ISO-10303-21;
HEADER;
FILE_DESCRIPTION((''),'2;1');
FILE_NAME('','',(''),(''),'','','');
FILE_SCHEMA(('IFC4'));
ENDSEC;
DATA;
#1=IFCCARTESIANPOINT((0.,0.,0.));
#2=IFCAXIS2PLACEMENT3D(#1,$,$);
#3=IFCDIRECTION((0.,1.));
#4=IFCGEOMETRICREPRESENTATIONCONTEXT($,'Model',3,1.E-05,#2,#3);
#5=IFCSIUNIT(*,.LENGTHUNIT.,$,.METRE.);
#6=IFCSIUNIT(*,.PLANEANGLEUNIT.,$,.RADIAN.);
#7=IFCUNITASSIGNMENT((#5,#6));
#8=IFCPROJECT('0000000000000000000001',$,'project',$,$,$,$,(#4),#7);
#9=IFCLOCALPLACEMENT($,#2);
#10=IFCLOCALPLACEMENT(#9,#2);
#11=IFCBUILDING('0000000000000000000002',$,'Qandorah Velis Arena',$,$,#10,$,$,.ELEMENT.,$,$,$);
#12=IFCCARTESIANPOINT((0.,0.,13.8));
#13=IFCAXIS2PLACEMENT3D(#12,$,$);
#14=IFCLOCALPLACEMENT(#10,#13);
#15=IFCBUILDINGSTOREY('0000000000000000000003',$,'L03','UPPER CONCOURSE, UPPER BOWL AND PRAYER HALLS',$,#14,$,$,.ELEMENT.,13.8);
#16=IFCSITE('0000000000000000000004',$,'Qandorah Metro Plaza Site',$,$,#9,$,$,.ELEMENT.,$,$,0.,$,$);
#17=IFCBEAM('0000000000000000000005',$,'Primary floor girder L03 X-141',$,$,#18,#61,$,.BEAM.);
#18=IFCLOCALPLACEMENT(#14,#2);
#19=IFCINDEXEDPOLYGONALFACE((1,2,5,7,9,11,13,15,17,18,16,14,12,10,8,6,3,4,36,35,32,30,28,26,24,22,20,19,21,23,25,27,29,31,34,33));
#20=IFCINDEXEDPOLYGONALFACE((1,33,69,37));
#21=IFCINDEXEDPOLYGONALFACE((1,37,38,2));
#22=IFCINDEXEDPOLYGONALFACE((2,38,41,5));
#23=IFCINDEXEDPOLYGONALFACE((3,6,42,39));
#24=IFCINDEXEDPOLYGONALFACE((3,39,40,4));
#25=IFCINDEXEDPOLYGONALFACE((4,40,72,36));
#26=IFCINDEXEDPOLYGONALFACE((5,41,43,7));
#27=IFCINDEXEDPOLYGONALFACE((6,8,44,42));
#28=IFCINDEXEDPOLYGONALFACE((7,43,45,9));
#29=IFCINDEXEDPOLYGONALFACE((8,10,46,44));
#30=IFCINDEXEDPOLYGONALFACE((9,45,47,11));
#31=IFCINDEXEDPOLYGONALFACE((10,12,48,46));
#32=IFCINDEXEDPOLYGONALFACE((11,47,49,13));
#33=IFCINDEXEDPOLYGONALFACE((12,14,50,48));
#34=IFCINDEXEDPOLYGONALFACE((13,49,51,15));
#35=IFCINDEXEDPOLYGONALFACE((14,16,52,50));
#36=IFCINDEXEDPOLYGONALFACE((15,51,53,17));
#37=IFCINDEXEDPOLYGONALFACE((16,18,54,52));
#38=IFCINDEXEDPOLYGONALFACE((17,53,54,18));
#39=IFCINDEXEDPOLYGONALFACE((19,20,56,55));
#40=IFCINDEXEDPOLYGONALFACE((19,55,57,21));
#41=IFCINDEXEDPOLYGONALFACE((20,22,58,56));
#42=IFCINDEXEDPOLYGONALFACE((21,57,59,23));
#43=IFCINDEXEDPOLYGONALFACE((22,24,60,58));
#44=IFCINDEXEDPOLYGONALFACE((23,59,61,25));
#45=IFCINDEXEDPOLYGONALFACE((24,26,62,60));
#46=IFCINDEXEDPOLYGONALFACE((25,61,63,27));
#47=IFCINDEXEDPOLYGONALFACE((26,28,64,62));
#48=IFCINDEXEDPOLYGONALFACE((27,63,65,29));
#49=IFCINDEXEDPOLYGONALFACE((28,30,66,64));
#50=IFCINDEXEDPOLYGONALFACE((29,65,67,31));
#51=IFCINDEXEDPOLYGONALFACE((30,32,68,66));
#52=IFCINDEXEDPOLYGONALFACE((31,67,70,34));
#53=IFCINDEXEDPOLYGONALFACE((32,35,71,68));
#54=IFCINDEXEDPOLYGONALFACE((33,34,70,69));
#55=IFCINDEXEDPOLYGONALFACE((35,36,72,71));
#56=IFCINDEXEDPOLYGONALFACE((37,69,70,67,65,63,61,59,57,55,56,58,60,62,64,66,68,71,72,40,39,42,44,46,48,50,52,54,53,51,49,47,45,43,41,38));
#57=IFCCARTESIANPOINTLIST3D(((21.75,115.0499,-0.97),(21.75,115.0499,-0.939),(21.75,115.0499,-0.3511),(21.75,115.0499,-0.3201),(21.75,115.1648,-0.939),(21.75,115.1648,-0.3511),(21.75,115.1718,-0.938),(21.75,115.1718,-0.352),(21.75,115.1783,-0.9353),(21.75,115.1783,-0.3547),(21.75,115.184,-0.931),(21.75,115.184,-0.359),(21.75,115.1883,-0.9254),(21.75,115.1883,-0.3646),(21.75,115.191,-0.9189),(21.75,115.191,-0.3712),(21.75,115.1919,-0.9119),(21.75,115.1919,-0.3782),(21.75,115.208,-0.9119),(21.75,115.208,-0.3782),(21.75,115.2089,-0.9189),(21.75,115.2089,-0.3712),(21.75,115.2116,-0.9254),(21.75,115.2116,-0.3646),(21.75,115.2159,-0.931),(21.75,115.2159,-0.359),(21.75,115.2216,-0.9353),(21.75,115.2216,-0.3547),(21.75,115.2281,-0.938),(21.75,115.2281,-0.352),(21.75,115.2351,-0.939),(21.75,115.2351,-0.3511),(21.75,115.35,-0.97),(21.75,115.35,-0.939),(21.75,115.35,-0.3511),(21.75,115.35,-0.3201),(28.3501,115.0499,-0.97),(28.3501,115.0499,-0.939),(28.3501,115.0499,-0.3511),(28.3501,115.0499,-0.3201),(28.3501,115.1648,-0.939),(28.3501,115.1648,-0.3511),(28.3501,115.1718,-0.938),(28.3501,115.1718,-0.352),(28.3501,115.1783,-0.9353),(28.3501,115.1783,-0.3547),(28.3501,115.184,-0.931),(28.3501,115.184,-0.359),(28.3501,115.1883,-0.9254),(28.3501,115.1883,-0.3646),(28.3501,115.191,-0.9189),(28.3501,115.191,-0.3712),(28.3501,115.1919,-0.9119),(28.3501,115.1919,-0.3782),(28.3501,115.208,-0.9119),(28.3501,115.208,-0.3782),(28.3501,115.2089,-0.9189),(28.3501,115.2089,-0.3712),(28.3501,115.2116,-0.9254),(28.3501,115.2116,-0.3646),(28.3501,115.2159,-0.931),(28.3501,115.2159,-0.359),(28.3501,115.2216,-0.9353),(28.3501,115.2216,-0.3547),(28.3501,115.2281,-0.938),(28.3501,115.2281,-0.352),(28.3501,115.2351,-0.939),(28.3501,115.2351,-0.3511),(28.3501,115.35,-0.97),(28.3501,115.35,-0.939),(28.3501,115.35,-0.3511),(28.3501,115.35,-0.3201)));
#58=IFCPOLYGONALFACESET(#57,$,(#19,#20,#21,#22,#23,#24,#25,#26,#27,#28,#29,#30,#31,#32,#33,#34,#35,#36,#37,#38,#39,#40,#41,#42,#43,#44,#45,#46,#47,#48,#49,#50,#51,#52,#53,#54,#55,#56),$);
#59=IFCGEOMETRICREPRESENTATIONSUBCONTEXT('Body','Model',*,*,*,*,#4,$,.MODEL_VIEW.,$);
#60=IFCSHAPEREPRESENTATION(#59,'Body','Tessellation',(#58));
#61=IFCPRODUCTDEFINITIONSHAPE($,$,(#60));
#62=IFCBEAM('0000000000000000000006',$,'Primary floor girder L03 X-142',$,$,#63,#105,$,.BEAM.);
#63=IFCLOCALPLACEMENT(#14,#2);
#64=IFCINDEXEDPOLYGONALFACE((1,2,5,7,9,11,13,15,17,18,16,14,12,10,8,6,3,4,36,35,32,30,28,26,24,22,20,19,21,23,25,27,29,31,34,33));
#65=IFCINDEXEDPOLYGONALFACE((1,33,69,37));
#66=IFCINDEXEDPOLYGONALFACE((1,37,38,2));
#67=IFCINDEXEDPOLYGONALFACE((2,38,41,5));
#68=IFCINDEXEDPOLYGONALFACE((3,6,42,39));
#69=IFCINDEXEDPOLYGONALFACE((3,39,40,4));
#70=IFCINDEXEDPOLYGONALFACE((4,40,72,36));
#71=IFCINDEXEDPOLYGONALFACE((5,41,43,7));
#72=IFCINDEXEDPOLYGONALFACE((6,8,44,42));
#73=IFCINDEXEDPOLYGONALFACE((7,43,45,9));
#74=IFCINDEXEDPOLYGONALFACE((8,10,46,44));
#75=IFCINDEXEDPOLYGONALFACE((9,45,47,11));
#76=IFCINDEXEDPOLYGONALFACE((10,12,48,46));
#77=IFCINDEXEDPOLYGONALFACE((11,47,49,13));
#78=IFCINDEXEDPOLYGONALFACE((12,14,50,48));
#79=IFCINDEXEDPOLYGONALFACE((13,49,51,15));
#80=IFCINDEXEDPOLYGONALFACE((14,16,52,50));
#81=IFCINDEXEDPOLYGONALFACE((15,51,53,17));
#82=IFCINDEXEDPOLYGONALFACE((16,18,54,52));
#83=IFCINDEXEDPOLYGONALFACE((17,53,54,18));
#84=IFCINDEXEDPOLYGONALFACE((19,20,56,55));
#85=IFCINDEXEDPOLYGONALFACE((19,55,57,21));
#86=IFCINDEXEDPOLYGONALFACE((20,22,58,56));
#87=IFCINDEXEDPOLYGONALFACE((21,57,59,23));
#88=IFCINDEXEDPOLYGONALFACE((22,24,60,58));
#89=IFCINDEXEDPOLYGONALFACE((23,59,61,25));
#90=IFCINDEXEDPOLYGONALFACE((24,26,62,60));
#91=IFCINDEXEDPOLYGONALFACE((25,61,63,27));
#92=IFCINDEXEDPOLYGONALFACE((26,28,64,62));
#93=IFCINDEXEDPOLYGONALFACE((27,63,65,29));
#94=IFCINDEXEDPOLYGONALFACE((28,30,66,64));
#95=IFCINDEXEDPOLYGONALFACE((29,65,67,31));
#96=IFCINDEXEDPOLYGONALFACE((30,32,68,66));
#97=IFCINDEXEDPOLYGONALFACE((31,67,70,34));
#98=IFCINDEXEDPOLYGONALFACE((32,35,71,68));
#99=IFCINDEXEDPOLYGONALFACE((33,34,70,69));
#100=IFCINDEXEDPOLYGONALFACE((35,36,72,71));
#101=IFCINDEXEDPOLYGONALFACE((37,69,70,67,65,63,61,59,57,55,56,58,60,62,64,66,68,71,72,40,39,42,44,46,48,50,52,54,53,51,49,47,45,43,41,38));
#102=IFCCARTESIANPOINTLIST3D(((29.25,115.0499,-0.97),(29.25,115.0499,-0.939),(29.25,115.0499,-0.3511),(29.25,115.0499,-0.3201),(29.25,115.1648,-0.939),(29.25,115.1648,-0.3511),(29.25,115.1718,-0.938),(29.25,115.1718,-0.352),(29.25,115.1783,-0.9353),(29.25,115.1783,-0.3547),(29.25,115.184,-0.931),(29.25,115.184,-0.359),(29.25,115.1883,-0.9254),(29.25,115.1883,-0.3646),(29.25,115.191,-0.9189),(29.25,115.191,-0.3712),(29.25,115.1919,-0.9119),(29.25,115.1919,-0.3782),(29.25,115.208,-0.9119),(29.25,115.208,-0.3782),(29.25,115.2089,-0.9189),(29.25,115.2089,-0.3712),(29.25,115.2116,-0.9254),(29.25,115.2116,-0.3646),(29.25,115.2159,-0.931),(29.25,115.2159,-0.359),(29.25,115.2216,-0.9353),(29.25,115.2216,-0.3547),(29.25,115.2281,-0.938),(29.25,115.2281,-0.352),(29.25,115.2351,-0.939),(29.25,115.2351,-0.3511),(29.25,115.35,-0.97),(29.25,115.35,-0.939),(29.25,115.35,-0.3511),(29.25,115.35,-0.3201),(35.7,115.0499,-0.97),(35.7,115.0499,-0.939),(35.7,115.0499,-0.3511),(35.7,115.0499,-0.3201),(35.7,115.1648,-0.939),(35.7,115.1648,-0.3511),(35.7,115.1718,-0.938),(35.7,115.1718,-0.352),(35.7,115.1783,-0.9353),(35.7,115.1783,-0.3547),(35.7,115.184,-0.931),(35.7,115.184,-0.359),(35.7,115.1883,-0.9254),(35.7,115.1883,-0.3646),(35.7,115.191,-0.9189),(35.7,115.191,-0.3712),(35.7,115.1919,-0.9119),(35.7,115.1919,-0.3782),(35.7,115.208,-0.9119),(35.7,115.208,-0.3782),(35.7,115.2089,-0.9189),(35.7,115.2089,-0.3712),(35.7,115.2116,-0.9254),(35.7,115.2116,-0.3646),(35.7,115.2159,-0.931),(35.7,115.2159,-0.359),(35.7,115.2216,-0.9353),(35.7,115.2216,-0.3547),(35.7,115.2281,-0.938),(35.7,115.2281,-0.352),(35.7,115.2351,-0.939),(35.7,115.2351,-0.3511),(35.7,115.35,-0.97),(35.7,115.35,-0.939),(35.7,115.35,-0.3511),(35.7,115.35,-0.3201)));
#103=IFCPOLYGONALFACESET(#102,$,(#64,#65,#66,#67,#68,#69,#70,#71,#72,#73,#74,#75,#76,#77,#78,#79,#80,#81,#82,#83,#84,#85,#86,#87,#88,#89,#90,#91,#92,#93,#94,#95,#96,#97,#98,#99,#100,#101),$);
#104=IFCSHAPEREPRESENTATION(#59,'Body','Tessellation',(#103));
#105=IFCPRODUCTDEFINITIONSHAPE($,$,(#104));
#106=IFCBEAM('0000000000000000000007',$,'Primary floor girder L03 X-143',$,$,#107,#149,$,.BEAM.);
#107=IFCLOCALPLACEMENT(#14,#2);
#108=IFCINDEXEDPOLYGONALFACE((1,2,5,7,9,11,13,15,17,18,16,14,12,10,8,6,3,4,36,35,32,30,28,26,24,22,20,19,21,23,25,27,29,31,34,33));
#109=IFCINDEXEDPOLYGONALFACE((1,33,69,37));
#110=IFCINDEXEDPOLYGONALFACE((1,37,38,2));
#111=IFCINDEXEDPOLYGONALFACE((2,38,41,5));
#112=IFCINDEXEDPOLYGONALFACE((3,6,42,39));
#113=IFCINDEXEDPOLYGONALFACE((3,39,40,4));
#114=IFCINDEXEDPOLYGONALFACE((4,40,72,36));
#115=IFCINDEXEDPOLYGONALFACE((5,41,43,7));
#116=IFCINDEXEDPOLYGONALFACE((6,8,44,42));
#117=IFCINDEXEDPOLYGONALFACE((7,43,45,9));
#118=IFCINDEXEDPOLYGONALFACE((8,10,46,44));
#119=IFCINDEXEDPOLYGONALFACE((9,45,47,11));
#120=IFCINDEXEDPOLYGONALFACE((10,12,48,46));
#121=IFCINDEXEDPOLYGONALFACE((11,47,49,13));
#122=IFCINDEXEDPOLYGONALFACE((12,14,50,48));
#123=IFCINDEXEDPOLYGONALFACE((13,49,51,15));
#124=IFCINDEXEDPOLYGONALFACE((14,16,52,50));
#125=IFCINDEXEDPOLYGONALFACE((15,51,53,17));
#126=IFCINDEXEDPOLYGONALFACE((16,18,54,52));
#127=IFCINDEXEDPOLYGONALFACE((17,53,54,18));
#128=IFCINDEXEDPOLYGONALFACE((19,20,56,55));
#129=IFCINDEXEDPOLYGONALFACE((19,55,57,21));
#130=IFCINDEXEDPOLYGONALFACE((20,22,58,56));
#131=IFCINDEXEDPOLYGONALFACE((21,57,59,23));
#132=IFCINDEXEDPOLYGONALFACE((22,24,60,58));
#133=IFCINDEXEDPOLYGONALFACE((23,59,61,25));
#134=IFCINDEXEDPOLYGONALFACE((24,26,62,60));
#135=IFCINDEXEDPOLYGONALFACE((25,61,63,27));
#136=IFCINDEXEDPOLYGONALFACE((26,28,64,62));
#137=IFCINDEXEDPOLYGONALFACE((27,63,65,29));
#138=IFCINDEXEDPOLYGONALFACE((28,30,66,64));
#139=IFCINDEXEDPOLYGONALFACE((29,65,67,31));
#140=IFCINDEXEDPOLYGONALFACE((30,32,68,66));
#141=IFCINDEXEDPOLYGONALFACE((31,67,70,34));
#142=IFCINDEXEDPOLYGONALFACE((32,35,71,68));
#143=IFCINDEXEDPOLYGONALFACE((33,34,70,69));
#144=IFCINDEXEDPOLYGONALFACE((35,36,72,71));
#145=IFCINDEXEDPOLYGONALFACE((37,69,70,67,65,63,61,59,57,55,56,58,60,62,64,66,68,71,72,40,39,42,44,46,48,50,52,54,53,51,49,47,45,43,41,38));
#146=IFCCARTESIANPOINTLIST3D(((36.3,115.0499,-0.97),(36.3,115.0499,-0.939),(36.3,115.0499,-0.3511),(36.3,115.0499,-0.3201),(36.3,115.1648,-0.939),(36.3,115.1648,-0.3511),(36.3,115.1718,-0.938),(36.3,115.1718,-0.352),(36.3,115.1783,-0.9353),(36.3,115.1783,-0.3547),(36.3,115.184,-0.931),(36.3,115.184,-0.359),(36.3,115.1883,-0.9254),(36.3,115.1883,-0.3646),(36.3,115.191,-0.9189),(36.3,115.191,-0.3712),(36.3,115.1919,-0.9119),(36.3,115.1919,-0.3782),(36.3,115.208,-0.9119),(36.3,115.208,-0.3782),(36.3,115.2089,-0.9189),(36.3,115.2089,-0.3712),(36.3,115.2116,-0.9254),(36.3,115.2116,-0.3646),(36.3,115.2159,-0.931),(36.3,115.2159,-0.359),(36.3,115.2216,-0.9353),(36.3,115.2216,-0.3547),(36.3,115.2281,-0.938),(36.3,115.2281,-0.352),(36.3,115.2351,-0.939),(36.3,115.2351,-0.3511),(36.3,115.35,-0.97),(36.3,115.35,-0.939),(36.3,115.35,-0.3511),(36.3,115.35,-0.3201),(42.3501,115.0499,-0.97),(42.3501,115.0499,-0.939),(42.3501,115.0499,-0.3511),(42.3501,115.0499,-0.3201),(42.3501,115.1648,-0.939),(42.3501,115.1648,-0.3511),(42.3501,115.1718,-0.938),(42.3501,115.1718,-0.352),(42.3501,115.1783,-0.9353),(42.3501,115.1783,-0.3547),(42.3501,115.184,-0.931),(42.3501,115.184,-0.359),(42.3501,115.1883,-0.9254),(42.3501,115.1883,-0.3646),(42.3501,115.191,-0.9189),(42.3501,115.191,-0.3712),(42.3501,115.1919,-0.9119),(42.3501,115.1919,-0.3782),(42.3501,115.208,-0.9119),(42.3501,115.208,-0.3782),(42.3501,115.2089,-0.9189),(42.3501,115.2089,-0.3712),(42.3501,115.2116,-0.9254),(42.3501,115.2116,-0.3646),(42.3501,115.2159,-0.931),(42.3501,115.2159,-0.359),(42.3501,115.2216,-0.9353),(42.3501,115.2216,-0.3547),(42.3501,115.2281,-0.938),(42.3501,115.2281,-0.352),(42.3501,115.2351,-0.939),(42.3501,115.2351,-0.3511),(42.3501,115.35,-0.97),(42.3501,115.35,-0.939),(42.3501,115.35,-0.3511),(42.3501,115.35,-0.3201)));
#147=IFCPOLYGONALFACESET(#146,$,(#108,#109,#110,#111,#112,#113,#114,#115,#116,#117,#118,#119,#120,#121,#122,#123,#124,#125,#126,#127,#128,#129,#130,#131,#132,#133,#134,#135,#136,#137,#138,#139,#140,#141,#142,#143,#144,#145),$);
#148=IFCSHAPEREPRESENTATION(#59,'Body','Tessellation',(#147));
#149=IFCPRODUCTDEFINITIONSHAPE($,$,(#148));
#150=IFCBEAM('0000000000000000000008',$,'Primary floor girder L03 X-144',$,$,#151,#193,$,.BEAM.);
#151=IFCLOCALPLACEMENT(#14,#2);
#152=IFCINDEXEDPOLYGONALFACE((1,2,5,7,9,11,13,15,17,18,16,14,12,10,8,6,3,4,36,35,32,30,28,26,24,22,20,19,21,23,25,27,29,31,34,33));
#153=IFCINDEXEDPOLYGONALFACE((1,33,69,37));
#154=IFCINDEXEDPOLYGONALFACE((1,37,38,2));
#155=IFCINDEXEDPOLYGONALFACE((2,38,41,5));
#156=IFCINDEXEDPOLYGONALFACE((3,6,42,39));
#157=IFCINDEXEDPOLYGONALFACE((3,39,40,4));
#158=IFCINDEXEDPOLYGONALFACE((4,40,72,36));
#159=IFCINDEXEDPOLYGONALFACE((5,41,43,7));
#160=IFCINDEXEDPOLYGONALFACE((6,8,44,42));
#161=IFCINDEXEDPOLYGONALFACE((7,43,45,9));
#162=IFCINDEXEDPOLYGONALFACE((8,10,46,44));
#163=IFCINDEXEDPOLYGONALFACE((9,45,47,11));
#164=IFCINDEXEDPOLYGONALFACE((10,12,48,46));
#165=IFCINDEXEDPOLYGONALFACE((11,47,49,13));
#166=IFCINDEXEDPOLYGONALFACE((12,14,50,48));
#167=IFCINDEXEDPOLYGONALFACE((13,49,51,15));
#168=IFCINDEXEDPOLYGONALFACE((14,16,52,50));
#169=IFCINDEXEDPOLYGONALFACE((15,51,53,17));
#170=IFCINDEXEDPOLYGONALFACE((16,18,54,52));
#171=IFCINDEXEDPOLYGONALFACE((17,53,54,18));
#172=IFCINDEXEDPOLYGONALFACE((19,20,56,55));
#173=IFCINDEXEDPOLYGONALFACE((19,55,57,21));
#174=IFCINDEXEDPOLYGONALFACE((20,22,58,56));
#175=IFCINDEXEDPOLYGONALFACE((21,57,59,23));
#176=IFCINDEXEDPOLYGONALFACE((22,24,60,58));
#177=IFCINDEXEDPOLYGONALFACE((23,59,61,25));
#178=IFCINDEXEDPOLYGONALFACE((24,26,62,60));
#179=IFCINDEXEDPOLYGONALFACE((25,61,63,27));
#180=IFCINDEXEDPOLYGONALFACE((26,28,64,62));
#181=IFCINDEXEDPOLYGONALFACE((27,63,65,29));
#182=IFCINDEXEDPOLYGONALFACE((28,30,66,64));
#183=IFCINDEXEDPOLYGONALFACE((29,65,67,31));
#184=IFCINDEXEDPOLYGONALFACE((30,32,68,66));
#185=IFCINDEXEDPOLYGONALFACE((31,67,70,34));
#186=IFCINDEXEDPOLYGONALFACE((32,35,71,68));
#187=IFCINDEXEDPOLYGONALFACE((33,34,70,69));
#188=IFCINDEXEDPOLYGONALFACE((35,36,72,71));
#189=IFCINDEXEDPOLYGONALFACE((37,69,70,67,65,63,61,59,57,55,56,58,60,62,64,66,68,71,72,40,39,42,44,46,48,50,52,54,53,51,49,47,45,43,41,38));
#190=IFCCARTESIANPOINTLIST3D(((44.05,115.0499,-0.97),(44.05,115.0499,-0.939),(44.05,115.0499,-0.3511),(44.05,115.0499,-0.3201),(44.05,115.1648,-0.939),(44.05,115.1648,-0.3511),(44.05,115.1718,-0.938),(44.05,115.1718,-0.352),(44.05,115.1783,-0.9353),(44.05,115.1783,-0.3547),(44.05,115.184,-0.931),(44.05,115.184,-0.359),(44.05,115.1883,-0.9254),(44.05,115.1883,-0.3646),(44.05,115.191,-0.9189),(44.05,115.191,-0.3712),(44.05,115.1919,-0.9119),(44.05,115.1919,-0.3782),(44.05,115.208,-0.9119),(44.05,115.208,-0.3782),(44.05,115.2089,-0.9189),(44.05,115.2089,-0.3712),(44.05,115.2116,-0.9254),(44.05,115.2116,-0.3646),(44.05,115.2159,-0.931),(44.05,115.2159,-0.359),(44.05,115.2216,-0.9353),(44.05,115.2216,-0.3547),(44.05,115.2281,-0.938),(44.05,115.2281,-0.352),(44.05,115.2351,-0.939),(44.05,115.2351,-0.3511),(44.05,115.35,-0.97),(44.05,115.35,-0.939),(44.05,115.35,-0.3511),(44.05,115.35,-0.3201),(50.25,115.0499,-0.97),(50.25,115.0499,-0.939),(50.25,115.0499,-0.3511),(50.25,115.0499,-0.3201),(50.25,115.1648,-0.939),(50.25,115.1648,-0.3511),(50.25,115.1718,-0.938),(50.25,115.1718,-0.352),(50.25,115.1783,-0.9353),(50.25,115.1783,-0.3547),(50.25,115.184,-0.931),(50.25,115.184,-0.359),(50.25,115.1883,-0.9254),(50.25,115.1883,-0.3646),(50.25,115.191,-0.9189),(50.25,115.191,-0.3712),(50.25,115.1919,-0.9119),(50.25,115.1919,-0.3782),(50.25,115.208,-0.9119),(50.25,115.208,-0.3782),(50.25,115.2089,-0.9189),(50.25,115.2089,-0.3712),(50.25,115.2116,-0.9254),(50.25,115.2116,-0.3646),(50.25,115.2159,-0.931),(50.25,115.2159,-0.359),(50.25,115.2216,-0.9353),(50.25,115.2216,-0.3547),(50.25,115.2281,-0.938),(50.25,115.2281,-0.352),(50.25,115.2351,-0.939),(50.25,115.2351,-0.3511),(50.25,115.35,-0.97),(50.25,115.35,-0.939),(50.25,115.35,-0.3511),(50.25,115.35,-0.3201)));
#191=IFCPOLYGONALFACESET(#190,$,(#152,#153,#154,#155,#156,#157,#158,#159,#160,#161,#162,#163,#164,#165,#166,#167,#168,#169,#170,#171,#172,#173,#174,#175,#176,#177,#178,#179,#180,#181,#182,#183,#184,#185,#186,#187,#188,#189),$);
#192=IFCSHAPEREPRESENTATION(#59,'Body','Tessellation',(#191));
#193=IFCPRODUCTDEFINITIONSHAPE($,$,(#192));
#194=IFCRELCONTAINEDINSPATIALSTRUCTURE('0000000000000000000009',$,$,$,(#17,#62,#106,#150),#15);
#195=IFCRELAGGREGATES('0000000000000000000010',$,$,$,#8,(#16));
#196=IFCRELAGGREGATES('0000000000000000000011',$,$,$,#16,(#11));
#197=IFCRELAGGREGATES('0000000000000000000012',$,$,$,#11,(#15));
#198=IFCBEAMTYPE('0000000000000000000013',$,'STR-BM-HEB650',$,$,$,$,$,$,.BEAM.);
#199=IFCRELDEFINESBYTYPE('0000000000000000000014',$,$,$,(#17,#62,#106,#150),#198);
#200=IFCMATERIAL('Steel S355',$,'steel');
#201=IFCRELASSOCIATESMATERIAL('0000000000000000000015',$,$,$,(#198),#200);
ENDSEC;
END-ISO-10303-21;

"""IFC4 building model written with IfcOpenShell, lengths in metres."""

from ifc_helpers import new_model, si_unit, direction, frame, origin, origin_2d, place, context, subcontext, project, spatial, i_section, extrude, material, material_profile, profile_set, type_object, element, save


model = new_model("IFC4")

# Units and contexts
model_context = context("Model", 3, precision=1e-05, world=origin(), true_north=direction((0.0, 1.0)))
body_context = subcontext(model_context, "Body", "Model", "MODEL_VIEW")
ifc_project = project(units=[si_unit("LENGTHUNIT", "METRE"), si_unit("PLANEANGLEUNIT", "RADIAN")], contexts=[model_context])

# Site, building, storey
site_placement = place(None, origin())
site = spatial("IfcSite", under=ifc_project, at=site_placement, Name="Qandorah Metro Plaza Site", CompositionType="ELEMENT", RefElevation=0.0)
building_placement = place(site_placement, origin())
building = spatial("IfcBuilding", under=site, at=building_placement, Name="Qandorah Velis Arena", CompositionType="ELEMENT")
storey_placement = place(building_placement, frame((0.0, 0.0, 13.8)))
storey = spatial("IfcBuildingStorey", under=building, at=storey_placement, Name="L03", Description="UPPER CONCOURSE, UPPER BOWL AND PRAYER HALLS", CompositionType="ELEMENT", Elevation=13.8)

# Beams
ifc_material_1 = material(Name="Steel S355", Category="steel")
ifc_material_profile_1 = material_profile(ifc_material_1, i_section(OverallWidth=0.3, OverallDepth=0.6499, WebThickness=0.0161, FlangeThickness=0.031, FilletRadius=0.0271, at=origin_2d()), Name="HEB 650")
ifc_profile_set_1 = profile_set([ifc_material_profile_1], Name="Steel S355")
beam_type_1 = type_object("IfcBeamType", Name="STR-BM-HEB650", PredefinedType="BEAM", material=ifc_profile_set_1)
beam_1_placement = place(storey_placement, frame((21.75, 115.2, -0.645), z_axis=(1.0, 0.0, 0.0), x_axis=(0.0, 1.0, 0.0)))
element("IfcBeam", 1, at=beam_1_placement, inside=storey, type_object=beam_type_1, Name="Primary floor girder L03 X-141", PredefinedType="BEAM", context=body_context, shape_type="SweptSolid", body=[
    extrude(i_section(OverallWidth=0.3, OverallDepth=0.6499, WebThickness=0.0161, FlangeThickness=0.031, FilletRadius=0.0271, at=origin_2d()), origin(), (0.0, 0.0, 1.0), 6.6001),
])
beam_2_placement = place(storey_placement, frame((29.25, 115.2, -0.645), z_axis=(1.0, 0.0, 0.0), x_axis=(0.0, 1.0, 0.0)))
element("IfcBeam", 2, at=beam_2_placement, inside=storey, type_object=beam_type_1, Name="Primary floor girder L03 X-142", PredefinedType="BEAM", context=body_context, shape_type="SweptSolid", body=[
    extrude(i_section(OverallWidth=0.3, OverallDepth=0.6499, WebThickness=0.0161, FlangeThickness=0.031, FilletRadius=0.0271, at=origin_2d()), origin(), (0.0, 0.0, 1.0), 6.45),
])
beam_3_placement = place(storey_placement, frame((36.3, 115.2, -0.645), z_axis=(1.0, 0.0, 0.0), x_axis=(0.0, 1.0, 0.0)))
element("IfcBeam", 3, at=beam_3_placement, inside=storey, type_object=beam_type_1, Name="Primary floor girder L03 X-143", PredefinedType="BEAM", context=body_context, shape_type="SweptSolid", body=[
    extrude(i_section(OverallWidth=0.3, OverallDepth=0.6499, WebThickness=0.0161, FlangeThickness=0.031, FilletRadius=0.0271, at=origin_2d()), origin(), (0.0, 0.0, 1.0), 6.05),
])
beam_4_placement = place(storey_placement, frame((44.05, 115.2, -0.645), z_axis=(1.0, 0.0, 0.0), x_axis=(0.0, 1.0, 0.0)))
element("IfcBeam", 4, at=beam_4_placement, inside=storey, type_object=beam_type_1, Name="Primary floor girder L03 X-144", PredefinedType="BEAM", context=body_context, shape_type="SweptSolid", body=[
    extrude(i_section(OverallWidth=0.3, OverallDepth=0.6499, WebThickness=0.0161, FlangeThickness=0.031, FilletRadius=0.0271, at=origin_2d()), origin(), (0.0, 0.0, 1.0), 6.2),
])

save(model, "model.ifc")
